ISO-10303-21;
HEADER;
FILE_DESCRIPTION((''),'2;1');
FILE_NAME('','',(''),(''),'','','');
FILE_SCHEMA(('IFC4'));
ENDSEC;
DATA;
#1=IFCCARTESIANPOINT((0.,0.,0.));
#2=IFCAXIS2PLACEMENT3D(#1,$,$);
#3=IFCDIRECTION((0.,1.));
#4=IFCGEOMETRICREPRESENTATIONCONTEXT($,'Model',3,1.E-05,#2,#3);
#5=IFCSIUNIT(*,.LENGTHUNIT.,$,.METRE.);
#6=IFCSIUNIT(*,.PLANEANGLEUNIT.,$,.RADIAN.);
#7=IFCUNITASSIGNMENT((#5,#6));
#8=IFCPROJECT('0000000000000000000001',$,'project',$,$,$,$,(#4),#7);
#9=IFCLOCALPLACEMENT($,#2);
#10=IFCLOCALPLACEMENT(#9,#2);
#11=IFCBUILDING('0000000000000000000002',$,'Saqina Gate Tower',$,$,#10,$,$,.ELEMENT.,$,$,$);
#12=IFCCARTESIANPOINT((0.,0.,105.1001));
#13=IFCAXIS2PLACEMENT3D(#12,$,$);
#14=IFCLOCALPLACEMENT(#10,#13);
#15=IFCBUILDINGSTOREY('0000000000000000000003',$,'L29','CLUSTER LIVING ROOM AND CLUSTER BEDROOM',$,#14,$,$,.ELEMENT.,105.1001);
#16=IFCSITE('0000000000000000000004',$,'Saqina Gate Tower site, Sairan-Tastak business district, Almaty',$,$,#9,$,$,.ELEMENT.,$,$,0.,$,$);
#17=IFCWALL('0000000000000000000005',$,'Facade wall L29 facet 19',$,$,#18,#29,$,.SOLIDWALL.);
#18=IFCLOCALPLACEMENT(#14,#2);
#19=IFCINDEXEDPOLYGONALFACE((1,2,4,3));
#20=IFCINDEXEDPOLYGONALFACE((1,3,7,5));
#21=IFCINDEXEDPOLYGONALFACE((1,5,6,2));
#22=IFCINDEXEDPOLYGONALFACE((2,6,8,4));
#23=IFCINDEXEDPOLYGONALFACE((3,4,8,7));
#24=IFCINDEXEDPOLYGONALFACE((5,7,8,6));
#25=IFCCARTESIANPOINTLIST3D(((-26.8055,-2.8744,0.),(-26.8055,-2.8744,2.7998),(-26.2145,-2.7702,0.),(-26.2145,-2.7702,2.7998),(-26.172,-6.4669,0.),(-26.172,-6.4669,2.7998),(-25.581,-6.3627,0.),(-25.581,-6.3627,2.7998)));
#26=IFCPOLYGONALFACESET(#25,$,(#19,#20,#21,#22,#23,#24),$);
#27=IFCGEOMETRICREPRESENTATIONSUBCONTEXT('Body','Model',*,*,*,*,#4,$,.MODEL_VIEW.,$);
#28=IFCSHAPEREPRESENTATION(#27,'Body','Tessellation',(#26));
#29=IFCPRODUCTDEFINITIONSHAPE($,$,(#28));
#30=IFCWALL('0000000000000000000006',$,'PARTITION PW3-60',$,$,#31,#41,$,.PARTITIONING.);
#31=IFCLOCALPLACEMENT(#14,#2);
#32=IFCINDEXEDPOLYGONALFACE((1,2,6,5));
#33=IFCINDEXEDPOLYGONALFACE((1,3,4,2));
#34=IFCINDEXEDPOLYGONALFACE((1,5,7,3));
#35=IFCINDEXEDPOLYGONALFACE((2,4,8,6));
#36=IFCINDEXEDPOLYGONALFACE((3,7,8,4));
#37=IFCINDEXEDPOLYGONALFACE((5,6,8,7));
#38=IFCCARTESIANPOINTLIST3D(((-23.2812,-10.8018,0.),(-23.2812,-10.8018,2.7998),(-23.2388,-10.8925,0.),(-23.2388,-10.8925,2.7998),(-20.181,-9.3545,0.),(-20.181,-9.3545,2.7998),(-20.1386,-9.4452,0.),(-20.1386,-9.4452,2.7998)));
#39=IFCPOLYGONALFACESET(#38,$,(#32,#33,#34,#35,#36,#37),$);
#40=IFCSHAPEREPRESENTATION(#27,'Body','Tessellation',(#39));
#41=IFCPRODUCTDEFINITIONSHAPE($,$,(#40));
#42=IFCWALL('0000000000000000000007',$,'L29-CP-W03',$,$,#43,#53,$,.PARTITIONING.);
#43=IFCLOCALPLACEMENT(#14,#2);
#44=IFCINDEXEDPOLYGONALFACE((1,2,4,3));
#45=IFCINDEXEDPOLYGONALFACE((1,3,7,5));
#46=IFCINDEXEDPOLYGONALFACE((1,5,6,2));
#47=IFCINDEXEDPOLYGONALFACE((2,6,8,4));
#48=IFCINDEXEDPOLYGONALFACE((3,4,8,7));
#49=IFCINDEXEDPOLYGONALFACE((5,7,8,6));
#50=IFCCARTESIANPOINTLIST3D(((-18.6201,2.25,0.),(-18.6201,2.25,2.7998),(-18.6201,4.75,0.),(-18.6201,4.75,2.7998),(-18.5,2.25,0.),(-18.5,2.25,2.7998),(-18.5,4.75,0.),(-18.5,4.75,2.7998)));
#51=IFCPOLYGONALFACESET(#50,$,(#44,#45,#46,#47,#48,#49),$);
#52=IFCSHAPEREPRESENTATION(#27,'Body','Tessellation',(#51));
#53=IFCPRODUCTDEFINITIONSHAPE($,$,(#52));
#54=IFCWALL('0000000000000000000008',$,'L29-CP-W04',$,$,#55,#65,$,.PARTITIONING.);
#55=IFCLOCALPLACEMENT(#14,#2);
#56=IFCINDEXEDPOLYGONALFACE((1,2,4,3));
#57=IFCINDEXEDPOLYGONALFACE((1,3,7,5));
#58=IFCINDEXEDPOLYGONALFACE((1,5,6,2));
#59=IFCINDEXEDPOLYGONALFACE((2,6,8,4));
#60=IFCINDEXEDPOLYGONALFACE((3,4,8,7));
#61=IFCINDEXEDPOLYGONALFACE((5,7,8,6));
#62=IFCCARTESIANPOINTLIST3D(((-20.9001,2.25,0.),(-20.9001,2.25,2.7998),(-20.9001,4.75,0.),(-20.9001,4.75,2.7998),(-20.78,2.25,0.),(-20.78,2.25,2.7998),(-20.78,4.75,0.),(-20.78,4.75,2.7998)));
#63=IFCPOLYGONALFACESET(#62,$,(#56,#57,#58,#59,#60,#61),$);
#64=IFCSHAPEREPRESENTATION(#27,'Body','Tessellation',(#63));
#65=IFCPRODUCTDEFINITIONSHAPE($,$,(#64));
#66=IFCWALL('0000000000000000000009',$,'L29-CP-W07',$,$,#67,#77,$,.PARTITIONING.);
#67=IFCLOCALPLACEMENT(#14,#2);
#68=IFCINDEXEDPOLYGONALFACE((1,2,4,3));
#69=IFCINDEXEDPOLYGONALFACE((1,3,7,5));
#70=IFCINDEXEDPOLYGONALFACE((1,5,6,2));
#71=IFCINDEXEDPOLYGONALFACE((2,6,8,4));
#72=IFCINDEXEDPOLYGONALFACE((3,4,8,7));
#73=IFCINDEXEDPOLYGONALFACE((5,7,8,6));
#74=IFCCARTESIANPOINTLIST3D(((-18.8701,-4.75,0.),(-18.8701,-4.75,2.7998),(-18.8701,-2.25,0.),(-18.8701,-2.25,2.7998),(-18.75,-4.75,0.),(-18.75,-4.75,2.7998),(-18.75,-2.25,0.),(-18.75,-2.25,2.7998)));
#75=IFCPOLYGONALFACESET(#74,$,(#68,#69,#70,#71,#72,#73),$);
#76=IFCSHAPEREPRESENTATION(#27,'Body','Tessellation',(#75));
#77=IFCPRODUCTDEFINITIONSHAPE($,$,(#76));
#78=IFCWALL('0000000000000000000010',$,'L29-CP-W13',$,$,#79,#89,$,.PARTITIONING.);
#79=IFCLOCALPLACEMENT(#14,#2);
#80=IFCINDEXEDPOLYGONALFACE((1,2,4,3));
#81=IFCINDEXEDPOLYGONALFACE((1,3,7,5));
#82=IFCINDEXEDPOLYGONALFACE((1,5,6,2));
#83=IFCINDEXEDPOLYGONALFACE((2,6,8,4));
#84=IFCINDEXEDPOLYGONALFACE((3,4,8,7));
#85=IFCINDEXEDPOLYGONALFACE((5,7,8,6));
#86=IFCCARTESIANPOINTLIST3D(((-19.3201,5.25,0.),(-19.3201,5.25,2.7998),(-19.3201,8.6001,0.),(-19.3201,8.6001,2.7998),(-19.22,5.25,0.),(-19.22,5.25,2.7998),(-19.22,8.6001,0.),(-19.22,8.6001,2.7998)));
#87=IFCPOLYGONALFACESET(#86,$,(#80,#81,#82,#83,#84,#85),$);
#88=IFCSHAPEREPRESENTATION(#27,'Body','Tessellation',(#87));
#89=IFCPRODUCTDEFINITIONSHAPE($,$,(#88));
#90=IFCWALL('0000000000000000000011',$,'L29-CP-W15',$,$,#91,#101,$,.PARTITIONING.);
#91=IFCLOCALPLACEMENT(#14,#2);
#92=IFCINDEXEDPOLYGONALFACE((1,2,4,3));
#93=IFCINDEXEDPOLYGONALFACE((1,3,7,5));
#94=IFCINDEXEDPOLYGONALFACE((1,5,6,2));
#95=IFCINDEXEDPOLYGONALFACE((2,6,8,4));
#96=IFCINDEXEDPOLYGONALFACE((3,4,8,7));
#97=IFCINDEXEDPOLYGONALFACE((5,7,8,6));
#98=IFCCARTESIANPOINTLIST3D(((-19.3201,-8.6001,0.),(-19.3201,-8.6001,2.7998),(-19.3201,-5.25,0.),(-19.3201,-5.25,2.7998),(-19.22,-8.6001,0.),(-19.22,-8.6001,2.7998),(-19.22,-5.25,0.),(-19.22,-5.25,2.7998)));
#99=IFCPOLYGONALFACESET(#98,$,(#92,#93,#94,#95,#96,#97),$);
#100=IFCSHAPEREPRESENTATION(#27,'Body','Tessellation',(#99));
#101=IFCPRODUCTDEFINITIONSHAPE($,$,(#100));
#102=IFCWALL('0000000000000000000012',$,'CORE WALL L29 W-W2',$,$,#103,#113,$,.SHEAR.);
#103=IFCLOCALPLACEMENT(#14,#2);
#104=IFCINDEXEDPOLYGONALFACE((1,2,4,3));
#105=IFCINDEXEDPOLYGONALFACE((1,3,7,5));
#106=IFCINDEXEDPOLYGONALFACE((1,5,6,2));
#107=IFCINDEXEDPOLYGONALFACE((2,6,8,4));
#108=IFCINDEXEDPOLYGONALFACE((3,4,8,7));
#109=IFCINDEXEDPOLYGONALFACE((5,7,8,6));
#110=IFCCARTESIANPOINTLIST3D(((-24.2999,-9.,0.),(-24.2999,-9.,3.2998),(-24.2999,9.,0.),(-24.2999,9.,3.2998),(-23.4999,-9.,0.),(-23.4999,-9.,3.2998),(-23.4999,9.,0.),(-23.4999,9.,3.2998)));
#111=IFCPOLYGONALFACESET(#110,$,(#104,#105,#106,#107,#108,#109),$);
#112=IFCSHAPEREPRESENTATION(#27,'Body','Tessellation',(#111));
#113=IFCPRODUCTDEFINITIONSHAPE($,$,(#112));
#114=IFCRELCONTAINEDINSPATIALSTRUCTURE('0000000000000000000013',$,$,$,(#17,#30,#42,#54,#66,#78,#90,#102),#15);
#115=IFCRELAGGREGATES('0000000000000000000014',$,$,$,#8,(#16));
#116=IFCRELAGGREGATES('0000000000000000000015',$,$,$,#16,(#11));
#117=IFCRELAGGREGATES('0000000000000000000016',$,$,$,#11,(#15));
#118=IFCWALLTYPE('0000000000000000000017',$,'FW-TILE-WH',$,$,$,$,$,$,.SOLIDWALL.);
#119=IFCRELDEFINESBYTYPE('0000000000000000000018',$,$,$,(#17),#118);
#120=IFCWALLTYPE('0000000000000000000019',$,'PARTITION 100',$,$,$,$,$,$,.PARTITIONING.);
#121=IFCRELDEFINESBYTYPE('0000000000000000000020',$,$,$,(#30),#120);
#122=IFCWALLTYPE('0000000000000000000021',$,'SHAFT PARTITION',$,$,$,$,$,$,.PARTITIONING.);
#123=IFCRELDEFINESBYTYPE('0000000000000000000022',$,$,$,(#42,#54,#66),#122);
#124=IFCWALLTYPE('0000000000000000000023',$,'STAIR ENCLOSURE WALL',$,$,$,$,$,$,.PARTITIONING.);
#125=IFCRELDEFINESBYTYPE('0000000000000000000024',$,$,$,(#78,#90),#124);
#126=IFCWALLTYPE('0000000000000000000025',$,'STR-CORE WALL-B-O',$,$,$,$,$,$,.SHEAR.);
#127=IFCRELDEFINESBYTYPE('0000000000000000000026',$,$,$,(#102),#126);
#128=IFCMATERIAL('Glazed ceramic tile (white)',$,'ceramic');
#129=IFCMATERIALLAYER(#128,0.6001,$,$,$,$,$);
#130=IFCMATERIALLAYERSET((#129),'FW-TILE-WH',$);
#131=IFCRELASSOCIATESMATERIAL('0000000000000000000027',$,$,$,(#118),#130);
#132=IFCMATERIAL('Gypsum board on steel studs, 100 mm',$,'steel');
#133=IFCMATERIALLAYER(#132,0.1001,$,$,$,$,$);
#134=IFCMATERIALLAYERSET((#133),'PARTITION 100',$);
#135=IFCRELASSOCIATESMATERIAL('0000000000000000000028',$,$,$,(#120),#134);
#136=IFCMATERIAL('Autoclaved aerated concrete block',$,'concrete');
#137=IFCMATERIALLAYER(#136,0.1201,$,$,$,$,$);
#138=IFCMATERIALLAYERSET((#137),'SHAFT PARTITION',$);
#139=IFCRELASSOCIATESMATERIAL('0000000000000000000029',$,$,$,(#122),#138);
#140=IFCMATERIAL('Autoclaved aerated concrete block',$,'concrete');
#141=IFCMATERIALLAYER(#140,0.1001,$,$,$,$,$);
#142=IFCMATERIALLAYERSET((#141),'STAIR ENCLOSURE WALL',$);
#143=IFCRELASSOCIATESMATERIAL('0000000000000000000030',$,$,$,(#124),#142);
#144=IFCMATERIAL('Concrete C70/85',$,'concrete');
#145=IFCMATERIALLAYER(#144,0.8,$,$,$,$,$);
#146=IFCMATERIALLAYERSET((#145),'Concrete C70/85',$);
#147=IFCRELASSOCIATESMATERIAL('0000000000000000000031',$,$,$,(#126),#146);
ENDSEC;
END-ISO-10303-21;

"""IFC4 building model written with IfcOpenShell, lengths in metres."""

from ifc_helpers import new_model, si_unit, direction, frame, frame_2d, origin, place, context, subcontext, project, spatial, rectangle, extrude, material, layer, layer_set, type_object, element, save


model = new_model("IFC4")

# Units and contexts
model_context = context("Model", 3, precision=1e-05, world=origin(), true_north=direction((0.0, 1.0)))
body_context = subcontext(model_context, "Body", "Model", "MODEL_VIEW")
ifc_project = project(units=[si_unit("LENGTHUNIT", "METRE"), si_unit("PLANEANGLEUNIT", "RADIAN")], contexts=[model_context])

# Site, building, storey
site_placement = place(None, origin())
site = spatial("IfcSite", under=ifc_project, at=site_placement, Name="Saqina Gate Tower site, Sairan-Tastak business district, Almaty", CompositionType="ELEMENT", RefElevation=0.0)
building_placement = place(site_placement, origin())
building = spatial("IfcBuilding", under=site, at=building_placement, Name="Saqina Gate Tower", CompositionType="ELEMENT")
storey_placement = place(building_placement, frame((0.0, 0.0, 105.1001)))
storey = spatial("IfcBuildingStorey", under=building, at=storey_placement, Name="L29", Description="CLUSTER LIVING ROOM AND CLUSTER BEDROOM", CompositionType="ELEMENT", Elevation=105.1001)

# Walls
ifc_material_1 = material(Name="Glazed ceramic tile (white)", Category="ceramic")
ifc_layer_1 = layer(ifc_material_1, 0.6001)
ifc_layer_set_1 = layer_set([ifc_layer_1], Name="FW-TILE-WH")
wall_type_1 = type_object("IfcWallType", Name="FW-TILE-WH", PredefinedType="SOLIDWALL", material=ifc_layer_set_1)
wall_1_placement = place(storey_placement, frame((-26.51, -2.8223, 0.0), z_axis=(0.0, 0.0, 1.0), x_axis=(0.173671, -0.984804, 0.0)))
element("IfcWall", 1, at=wall_1_placement, inside=storey, type_object=wall_type_1, Name="Facade wall L29 facet 19", PredefinedType="SOLIDWALL", context=body_context, shape_type="SweptSolid", body=[
    extrude(rectangle(XDim=3.6479, YDim=0.6001, at=frame_2d((1.824, 0.0))), origin(), (0.0, 0.0, 1.0), 2.7998),
])
ifc_material_2 = material(Name="Gypsum board on steel studs, 100 mm", Category="steel")
ifc_layer_2 = layer(ifc_material_2, 0.1001)
ifc_layer_set_2 = layer_set([ifc_layer_2], Name="PARTITION 100")
wall_type_2 = type_object("IfcWallType", Name="PARTITION 100", PredefinedType="PARTITIONING", material=ifc_layer_set_2)
wall_2_placement = place(storey_placement, frame((-23.26, -10.8472, 0.0), z_axis=(0.0, 0.0, 1.0), x_axis=(0.906121, 0.423018, 0.0)))
element("IfcWall", 2, at=wall_2_placement, inside=storey, type_object=wall_type_2, Name="PARTITION PW3-60", PredefinedType="PARTITIONING", context=body_context, shape_type="SweptSolid", body=[
    extrude(rectangle(XDim=3.4214, YDim=0.1001, at=frame_2d((1.7107, 0.0))), origin(), (0.0, 0.0, 1.0), 2.7998),
])
ifc_material_3 = material(Name="Autoclaved aerated concrete block", Category="concrete")
ifc_layer_3 = layer(ifc_material_3, 0.1201)
ifc_layer_set_3 = layer_set([ifc_layer_3], Name="SHAFT PARTITION")
wall_type_3 = type_object("IfcWallType", Name="SHAFT PARTITION", PredefinedType="PARTITIONING", material=ifc_layer_set_3)
for number, where, z_axis, x_axis, name in (
    (3, (-18.5601, 2.25, 0.0), (0.0, 0.0, 1.0), (0.0, 1.0, 0.0), "L29-CP-W03"),
    (4, (-20.8401, 2.25, 0.0), (0.0, 0.0, 1.0), (0.0, 1.0, 0.0), "L29-CP-W04"),
    (5, (-18.8101, -4.75, 0.0), (0.0, 0.0, 1.0), (0.0, 1.0, 0.0), "L29-CP-W07"),
):
    element("IfcWall", number, at=place(storey_placement, frame(where, z_axis=z_axis, x_axis=x_axis)), inside=storey, type_object=wall_type_3, Name=name, PredefinedType="PARTITIONING", context=body_context, shape_type="SweptSolid", body=[
        extrude(rectangle(XDim=2.5, YDim=0.1201, at=frame_2d((1.25, 0.0))), origin(), (0.0, 0.0, 1.0), 2.7998),
    ])
ifc_material_4 = material(Name="Autoclaved aerated concrete block", Category="concrete")
ifc_layer_4 = layer(ifc_material_4, 0.1001)
ifc_layer_set_4 = layer_set([ifc_layer_4], Name="STAIR ENCLOSURE WALL")
wall_type_4 = type_object("IfcWallType", Name="STAIR ENCLOSURE WALL", PredefinedType="PARTITIONING", material=ifc_layer_set_4)
for number, where, z_axis, x_axis, name in (
    (6, (-19.27, 5.25, 0.0), (0.0, 0.0, 1.0), (0.0, 1.0, 0.0), "L29-CP-W13"),
    (7, (-19.27, -8.6001, 0.0), (0.0, 0.0, 1.0), (0.0, 1.0, 0.0), "L29-CP-W15"),
):
    element("IfcWall", number, at=place(storey_placement, frame(where, z_axis=z_axis, x_axis=x_axis)), inside=storey, type_object=wall_type_4, Name=name, PredefinedType="PARTITIONING", context=body_context, shape_type="SweptSolid", body=[
        extrude(rectangle(XDim=3.3501, YDim=0.1001, at=frame_2d((1.675, 0.0))), origin(), (0.0, 0.0, 1.0), 2.7998),
    ])
ifc_material_5 = material(Name="Concrete C70/85", Category="concrete")
ifc_layer_5 = layer(ifc_material_5, 0.8)
ifc_layer_set_5 = layer_set([ifc_layer_5], Name="Concrete C70/85")
wall_type_5 = type_object("IfcWallType", Name="STR-CORE WALL-B-O", PredefinedType="SHEAR", material=ifc_layer_set_5)
wall_3_placement = place(storey_placement, frame((-23.8999, -9.0, 0.0), z_axis=(0.0, 0.0, 1.0), x_axis=(0.0, 1.0, 0.0)))
element("IfcWall", 8, at=wall_3_placement, inside=storey, type_object=wall_type_5, Name="CORE WALL L29 W-W2", PredefinedType="SHEAR", context=body_context, shape_type="SweptSolid", body=[
    extrude(rectangle(XDim=18.0, YDim=0.8, at=frame_2d((9.0, 0.0))), origin(), (0.0, 0.0, 1.0), 3.2998),
])

save(model, "model.ifc")
